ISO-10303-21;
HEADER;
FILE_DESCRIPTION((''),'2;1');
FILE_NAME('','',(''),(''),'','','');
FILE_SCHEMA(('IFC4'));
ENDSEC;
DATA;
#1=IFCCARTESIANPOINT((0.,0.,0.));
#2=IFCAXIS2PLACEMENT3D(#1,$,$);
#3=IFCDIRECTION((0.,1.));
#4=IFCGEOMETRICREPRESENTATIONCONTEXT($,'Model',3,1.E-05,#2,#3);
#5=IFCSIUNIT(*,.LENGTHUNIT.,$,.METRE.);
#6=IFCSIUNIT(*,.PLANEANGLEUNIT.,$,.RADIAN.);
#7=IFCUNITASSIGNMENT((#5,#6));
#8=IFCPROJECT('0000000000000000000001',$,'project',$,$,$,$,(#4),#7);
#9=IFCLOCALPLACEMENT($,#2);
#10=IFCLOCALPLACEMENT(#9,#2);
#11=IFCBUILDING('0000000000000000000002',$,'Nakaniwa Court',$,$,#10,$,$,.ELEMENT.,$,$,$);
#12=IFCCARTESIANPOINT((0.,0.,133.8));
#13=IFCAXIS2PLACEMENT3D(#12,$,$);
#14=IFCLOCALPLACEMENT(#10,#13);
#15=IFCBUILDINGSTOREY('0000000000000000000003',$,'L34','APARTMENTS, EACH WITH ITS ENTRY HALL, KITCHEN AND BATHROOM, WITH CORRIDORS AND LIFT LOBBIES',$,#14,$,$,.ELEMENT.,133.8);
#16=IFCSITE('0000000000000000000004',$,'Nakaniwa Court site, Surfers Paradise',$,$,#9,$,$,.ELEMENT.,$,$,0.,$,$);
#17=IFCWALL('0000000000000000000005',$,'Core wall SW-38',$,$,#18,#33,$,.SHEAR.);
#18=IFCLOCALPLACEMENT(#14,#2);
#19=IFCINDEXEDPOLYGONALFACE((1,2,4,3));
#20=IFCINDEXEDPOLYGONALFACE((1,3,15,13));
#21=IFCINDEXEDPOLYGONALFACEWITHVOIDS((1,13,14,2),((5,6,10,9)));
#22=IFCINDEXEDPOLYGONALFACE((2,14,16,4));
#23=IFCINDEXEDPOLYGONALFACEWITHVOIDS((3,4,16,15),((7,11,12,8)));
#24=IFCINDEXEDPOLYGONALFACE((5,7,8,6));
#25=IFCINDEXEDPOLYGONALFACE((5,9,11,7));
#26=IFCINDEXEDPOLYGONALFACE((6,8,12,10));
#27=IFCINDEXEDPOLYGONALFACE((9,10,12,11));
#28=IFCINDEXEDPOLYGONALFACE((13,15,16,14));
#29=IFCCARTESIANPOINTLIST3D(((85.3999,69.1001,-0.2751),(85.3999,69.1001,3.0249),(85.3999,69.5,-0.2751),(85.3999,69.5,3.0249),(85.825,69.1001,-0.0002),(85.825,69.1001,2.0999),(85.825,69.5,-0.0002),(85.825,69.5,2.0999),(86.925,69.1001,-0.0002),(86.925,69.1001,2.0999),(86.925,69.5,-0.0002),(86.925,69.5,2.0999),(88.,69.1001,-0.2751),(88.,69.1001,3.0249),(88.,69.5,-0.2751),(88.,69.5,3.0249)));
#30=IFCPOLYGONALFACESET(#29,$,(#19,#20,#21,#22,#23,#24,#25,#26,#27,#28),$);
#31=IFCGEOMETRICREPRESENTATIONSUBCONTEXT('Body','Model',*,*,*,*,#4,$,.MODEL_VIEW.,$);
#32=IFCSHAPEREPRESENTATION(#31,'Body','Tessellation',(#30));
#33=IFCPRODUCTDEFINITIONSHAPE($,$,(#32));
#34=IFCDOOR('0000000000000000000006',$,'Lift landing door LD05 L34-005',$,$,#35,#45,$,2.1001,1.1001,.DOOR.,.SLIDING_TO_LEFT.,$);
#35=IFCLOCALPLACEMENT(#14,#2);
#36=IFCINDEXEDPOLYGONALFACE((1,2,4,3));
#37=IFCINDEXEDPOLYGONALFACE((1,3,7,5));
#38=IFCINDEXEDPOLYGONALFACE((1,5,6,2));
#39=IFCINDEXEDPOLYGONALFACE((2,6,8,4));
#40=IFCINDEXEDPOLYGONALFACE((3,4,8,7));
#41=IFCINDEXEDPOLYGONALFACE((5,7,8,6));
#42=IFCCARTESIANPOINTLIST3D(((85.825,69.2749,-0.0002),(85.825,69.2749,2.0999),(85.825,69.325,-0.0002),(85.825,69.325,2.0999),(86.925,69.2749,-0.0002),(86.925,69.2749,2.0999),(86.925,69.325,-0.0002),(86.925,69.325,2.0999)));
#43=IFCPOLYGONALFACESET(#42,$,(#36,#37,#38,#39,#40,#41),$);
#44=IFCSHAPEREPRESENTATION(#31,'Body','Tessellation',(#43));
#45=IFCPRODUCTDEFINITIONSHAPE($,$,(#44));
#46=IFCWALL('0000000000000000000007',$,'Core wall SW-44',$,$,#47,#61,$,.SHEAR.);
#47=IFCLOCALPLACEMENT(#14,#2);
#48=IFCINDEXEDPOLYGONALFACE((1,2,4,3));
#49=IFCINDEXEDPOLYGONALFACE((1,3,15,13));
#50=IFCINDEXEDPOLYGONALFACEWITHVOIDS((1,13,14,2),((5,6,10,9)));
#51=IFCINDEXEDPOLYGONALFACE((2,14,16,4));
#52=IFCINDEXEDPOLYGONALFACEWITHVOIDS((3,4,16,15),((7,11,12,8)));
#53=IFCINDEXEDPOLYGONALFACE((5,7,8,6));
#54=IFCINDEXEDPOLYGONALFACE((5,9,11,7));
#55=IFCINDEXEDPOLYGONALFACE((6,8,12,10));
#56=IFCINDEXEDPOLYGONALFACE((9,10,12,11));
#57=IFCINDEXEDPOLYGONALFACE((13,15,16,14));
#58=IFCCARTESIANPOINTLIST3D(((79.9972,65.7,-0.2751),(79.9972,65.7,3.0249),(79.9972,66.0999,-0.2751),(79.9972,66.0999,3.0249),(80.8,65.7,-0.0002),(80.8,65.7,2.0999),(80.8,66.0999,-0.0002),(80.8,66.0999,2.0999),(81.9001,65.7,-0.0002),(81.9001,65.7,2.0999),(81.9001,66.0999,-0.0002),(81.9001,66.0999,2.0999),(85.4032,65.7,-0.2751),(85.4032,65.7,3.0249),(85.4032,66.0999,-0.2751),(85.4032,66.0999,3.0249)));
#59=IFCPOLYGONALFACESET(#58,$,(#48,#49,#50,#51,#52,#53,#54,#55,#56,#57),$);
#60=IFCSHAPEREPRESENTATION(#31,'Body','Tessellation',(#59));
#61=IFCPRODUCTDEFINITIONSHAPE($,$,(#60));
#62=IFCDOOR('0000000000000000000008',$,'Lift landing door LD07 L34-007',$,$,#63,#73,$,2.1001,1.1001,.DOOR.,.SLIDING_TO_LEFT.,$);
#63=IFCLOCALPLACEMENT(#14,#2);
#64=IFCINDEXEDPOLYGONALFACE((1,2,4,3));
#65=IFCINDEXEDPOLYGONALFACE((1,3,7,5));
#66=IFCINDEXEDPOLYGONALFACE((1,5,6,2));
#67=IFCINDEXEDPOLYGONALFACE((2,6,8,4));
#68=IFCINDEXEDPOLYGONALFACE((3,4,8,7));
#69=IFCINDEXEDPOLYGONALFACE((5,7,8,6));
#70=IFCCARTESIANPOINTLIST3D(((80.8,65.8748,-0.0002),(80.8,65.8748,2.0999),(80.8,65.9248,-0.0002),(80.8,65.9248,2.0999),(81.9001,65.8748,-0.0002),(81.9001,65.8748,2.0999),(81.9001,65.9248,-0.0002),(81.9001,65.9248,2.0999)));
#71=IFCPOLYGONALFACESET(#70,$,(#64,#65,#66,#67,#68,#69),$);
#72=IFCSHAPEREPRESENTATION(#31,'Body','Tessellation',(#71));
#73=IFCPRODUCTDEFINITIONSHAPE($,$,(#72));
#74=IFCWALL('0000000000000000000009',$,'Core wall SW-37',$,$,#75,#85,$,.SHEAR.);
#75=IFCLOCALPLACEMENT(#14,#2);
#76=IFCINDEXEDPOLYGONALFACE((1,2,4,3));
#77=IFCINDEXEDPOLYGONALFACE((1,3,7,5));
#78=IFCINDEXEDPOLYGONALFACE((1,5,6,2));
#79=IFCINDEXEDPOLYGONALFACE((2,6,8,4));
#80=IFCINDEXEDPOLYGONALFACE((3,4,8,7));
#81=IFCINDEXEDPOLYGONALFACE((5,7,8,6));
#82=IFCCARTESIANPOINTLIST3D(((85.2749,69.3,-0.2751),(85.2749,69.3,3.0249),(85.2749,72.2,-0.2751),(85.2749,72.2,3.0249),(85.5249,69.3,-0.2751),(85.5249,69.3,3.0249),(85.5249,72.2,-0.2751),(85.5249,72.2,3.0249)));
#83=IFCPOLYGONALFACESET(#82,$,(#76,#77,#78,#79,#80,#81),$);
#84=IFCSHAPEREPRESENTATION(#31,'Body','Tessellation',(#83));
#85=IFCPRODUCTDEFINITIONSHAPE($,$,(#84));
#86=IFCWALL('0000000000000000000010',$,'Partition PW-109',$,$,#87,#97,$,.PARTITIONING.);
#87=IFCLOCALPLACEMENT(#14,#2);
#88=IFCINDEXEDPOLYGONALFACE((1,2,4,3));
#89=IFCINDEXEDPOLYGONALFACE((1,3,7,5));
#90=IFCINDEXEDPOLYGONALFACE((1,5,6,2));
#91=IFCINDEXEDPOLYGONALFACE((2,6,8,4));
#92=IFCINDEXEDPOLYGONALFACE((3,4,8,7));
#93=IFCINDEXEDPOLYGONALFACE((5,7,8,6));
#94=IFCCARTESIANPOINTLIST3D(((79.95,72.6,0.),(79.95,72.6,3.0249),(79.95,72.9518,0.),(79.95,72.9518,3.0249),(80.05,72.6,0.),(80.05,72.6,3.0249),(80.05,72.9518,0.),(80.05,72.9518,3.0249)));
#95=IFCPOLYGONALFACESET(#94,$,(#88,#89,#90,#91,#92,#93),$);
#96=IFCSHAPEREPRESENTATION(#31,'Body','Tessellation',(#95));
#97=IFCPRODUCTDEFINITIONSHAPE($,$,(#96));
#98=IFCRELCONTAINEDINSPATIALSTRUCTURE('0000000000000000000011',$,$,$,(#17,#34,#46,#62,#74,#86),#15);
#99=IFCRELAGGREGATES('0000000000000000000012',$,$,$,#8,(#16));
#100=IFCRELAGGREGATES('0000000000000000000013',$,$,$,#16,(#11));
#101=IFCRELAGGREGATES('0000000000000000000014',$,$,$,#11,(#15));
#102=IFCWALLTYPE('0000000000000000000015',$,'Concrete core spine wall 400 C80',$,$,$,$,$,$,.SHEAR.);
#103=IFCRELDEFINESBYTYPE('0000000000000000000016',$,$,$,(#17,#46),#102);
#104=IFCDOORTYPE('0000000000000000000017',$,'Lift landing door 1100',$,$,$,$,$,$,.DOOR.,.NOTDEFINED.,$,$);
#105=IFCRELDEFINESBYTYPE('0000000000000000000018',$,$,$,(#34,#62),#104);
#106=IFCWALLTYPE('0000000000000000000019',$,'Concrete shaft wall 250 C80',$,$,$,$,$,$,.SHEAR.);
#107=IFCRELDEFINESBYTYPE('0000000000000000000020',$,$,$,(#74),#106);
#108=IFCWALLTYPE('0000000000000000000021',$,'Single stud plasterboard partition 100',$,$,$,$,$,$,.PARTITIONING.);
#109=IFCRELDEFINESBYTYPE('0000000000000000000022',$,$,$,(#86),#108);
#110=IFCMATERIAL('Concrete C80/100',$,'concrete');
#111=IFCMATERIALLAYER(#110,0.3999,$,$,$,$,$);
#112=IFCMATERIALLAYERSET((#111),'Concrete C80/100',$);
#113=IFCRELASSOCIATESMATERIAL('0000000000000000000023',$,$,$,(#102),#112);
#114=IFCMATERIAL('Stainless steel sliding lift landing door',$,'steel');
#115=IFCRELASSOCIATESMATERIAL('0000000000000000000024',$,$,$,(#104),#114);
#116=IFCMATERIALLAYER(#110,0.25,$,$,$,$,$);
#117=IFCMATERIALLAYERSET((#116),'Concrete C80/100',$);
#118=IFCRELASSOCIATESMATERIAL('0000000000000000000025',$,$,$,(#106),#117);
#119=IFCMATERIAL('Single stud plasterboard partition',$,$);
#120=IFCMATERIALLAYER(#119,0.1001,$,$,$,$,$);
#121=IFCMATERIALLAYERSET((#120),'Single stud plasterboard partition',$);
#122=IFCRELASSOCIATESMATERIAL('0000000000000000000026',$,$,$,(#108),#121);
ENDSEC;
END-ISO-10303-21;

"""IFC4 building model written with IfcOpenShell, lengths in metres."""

from ifc_helpers import new_model, si_unit, direction, frame, frame_2d, origin, place, context, subcontext, project, spatial, rectangle, extrude, material, layer, layer_set, type_object, element, fill, save


model = new_model("IFC4")

# Units and contexts
model_context = context("Model", 3, precision=1e-05, world=origin(), true_north=direction((0.0, 1.0)))
body_context = subcontext(model_context, "Body", "Model", "MODEL_VIEW")
ifc_project = project(units=[si_unit("LENGTHUNIT", "METRE"), si_unit("PLANEANGLEUNIT", "RADIAN")], contexts=[model_context])

# Site, building, storey
site_placement = place(None, origin())
site = spatial("IfcSite", under=ifc_project, at=site_placement, Name="Nakaniwa Court site, Surfers Paradise", CompositionType="ELEMENT", RefElevation=0.0)
building_placement = place(site_placement, origin())
building = spatial("IfcBuilding", under=site, at=building_placement, Name="Nakaniwa Court", CompositionType="ELEMENT")
storey_placement = place(building_placement, frame((0.0, 0.0, 133.8)))
storey = spatial("IfcBuildingStorey", under=building, at=storey_placement, Name="L34", Description="APARTMENTS, EACH WITH ITS ENTRY HALL, KITCHEN AND BATHROOM, WITH CORRIDORS AND LIFT LOBBIES", CompositionType="ELEMENT", Elevation=133.8)

# Shared definitions
ifc_material_1 = material(Name="Concrete C80/100", Category="concrete")

# Walls, openings, doors
ifc_layer_1 = layer(ifc_material_1, 0.3999)
ifc_layer_set_1 = layer_set([ifc_layer_1], Name="Concrete C80/100")
wall_type_1 = type_object("IfcWallType", Name="Concrete core spine wall 400 C80", PredefinedType="SHEAR", material=ifc_layer_set_1)
wall_1_placement = place(storey_placement, frame((85.3999, 69.3, -0.2751), z_axis=(0.0, 0.0, 1.0), x_axis=(1.0, 0.0, 0.0)))
wall_1 = element("IfcWall", 1, at=wall_1_placement, inside=storey, type_object=wall_type_1, Name="Core wall SW-38", PredefinedType="SHEAR", context=body_context, shape_type="SweptSolid", body=[
    extrude(rectangle(XDim=2.6001, YDim=0.3999, at=frame_2d((1.3, 0.0))), origin(), (0.0, 0.0, 1.0), 3.3),
])
opening_1_placement = place(wall_1_placement, frame((0.425, 0.0, 0.2749)))
opening_1 = element("IfcOpeningElement", 2, at=opening_1_placement, cuts=wall_1, PredefinedType="OPENING", context=body_context, shape_type="SweptSolid", body=[
    extrude(rectangle(XDim=1.1001, YDim=2.1001, at=frame_2d((0.55, 1.05))), frame((0.0, 0.21, 0.0), z_axis=(0.0, -1.0, 0.0), x_axis=(1.0, 0.0, 0.0)), (0.0, 0.0, 1.0), 0.4199),
])
ifc_material_2 = material(Name="Stainless steel sliding lift landing door", Category="steel")
door_type_1 = type_object("IfcDoorType", Name="Lift landing door 1100", OperationType="NOTDEFINED", PredefinedType="DOOR", material=ifc_material_2)
door_1_placement = place(opening_1_placement, origin())
door_1 = element("IfcDoor", 3, at=door_1_placement, inside=storey, type_object=door_type_1, Name="Lift landing door LD05 L34-005", OperationType="SLIDING_TO_LEFT", OverallHeight=2.1001, OverallWidth=1.1001, PredefinedType="DOOR", context=body_context, shape_type="SweptSolid", body=[
    extrude(rectangle(XDim=1.1001, YDim=2.1001, at=frame_2d((0.55, 1.05))), frame((0.0, 0.0249, 0.0), z_axis=(0.0, -1.0, 0.0), x_axis=(1.0, 0.0, 0.0)), (0.0, 0.0, 1.0), 0.05),
])
fill(opening_1, door_1)
wall_2_placement = place(storey_placement, frame((79.9971, 65.8999, -0.2751), z_axis=(0.0, 0.0, 1.0), x_axis=(1.0, 0.0, 0.0)))
wall_2 = element("IfcWall", 4, at=wall_2_placement, inside=storey, type_object=wall_type_1, Name="Core wall SW-44", PredefinedType="SHEAR", context=body_context, shape_type="SweptSolid", body=[
    extrude(rectangle(XDim=5.406, YDim=0.3999, at=frame_2d((2.7031, 0.0))), origin(), (0.0, 0.0, 1.0), 3.3),
])
opening_2_placement = place(wall_2_placement, frame((0.803, 0.0, 0.2749)))
opening_2 = element("IfcOpeningElement", 5, at=opening_2_placement, cuts=wall_2, PredefinedType="OPENING", context=body_context, shape_type="SweptSolid", body=[
    extrude(rectangle(XDim=1.1001, YDim=2.1001, at=frame_2d((0.55, 1.05))), frame((0.0, 0.21, 0.0), z_axis=(0.0, -1.0, 0.0), x_axis=(1.0, 0.0, 0.0)), (0.0, 0.0, 1.0), 0.4199),
])
door_2_placement = place(opening_2_placement, origin())
door_2 = element("IfcDoor", 6, at=door_2_placement, inside=storey, type_object=door_type_1, Name="Lift landing door LD07 L34-007", OperationType="SLIDING_TO_LEFT", OverallHeight=2.1001, OverallWidth=1.1001, PredefinedType="DOOR", context=body_context, shape_type="SweptSolid", body=[
    extrude(rectangle(XDim=1.1001, YDim=2.1001, at=frame_2d((0.55, 1.05))), frame((0.0, 0.0249, 0.0), z_axis=(0.0, -1.0, 0.0), x_axis=(1.0, 0.0, 0.0)), (0.0, 0.0, 1.0), 0.05),
])
fill(opening_2, door_2)

# Walls
ifc_layer_2 = layer(ifc_material_1, 0.25)
ifc_layer_set_2 = layer_set([ifc_layer_2], Name="Concrete C80/100")
wall_type_2 = type_object("IfcWallType", Name="Concrete shaft wall 250 C80", PredefinedType="SHEAR", material=ifc_layer_set_2)
wall_3_placement = place(storey_placement, frame((85.3999, 69.3, -0.2751), z_axis=(0.0, 0.0, 1.0), x_axis=(0.0, 1.0, 0.0)))
element("IfcWall", 7, at=wall_3_placement, inside=storey, type_object=wall_type_2, Name="Core wall SW-37", PredefinedType="SHEAR", context=body_context, shape_type="SweptSolid", body=[
    extrude(rectangle(XDim=2.8999, YDim=0.25, at=frame_2d((1.45, 0.0))), origin(), (0.0, 0.0, 1.0), 3.3),
])
ifc_material_3 = material(Name="Single stud plasterboard partition")
ifc_layer_3 = layer(ifc_material_3, 0.1001)
ifc_layer_set_3 = layer_set([ifc_layer_3], Name="Single stud plasterboard partition")
wall_type_3 = type_object("IfcWallType", Name="Single stud plasterboard partition 100", PredefinedType="PARTITIONING", material=ifc_layer_set_3)
wall_4_placement = place(storey_placement, frame((80.0, 72.6001, 0.0), z_axis=(0.0, 0.0, 1.0), x_axis=(0.0, 1.0, 0.0)))
element("IfcWall", 8, at=wall_4_placement, inside=storey, type_object=wall_type_3, Name="Partition PW-109", PredefinedType="PARTITIONING", context=body_context, shape_type="SweptSolid", body=[
    extrude(rectangle(XDim=0.3518, YDim=0.1001, at=frame_2d((0.1758, 0.0))), origin(), (0.0, 0.0, 1.0), 3.0249),
])

save(model, "model.ifc")
